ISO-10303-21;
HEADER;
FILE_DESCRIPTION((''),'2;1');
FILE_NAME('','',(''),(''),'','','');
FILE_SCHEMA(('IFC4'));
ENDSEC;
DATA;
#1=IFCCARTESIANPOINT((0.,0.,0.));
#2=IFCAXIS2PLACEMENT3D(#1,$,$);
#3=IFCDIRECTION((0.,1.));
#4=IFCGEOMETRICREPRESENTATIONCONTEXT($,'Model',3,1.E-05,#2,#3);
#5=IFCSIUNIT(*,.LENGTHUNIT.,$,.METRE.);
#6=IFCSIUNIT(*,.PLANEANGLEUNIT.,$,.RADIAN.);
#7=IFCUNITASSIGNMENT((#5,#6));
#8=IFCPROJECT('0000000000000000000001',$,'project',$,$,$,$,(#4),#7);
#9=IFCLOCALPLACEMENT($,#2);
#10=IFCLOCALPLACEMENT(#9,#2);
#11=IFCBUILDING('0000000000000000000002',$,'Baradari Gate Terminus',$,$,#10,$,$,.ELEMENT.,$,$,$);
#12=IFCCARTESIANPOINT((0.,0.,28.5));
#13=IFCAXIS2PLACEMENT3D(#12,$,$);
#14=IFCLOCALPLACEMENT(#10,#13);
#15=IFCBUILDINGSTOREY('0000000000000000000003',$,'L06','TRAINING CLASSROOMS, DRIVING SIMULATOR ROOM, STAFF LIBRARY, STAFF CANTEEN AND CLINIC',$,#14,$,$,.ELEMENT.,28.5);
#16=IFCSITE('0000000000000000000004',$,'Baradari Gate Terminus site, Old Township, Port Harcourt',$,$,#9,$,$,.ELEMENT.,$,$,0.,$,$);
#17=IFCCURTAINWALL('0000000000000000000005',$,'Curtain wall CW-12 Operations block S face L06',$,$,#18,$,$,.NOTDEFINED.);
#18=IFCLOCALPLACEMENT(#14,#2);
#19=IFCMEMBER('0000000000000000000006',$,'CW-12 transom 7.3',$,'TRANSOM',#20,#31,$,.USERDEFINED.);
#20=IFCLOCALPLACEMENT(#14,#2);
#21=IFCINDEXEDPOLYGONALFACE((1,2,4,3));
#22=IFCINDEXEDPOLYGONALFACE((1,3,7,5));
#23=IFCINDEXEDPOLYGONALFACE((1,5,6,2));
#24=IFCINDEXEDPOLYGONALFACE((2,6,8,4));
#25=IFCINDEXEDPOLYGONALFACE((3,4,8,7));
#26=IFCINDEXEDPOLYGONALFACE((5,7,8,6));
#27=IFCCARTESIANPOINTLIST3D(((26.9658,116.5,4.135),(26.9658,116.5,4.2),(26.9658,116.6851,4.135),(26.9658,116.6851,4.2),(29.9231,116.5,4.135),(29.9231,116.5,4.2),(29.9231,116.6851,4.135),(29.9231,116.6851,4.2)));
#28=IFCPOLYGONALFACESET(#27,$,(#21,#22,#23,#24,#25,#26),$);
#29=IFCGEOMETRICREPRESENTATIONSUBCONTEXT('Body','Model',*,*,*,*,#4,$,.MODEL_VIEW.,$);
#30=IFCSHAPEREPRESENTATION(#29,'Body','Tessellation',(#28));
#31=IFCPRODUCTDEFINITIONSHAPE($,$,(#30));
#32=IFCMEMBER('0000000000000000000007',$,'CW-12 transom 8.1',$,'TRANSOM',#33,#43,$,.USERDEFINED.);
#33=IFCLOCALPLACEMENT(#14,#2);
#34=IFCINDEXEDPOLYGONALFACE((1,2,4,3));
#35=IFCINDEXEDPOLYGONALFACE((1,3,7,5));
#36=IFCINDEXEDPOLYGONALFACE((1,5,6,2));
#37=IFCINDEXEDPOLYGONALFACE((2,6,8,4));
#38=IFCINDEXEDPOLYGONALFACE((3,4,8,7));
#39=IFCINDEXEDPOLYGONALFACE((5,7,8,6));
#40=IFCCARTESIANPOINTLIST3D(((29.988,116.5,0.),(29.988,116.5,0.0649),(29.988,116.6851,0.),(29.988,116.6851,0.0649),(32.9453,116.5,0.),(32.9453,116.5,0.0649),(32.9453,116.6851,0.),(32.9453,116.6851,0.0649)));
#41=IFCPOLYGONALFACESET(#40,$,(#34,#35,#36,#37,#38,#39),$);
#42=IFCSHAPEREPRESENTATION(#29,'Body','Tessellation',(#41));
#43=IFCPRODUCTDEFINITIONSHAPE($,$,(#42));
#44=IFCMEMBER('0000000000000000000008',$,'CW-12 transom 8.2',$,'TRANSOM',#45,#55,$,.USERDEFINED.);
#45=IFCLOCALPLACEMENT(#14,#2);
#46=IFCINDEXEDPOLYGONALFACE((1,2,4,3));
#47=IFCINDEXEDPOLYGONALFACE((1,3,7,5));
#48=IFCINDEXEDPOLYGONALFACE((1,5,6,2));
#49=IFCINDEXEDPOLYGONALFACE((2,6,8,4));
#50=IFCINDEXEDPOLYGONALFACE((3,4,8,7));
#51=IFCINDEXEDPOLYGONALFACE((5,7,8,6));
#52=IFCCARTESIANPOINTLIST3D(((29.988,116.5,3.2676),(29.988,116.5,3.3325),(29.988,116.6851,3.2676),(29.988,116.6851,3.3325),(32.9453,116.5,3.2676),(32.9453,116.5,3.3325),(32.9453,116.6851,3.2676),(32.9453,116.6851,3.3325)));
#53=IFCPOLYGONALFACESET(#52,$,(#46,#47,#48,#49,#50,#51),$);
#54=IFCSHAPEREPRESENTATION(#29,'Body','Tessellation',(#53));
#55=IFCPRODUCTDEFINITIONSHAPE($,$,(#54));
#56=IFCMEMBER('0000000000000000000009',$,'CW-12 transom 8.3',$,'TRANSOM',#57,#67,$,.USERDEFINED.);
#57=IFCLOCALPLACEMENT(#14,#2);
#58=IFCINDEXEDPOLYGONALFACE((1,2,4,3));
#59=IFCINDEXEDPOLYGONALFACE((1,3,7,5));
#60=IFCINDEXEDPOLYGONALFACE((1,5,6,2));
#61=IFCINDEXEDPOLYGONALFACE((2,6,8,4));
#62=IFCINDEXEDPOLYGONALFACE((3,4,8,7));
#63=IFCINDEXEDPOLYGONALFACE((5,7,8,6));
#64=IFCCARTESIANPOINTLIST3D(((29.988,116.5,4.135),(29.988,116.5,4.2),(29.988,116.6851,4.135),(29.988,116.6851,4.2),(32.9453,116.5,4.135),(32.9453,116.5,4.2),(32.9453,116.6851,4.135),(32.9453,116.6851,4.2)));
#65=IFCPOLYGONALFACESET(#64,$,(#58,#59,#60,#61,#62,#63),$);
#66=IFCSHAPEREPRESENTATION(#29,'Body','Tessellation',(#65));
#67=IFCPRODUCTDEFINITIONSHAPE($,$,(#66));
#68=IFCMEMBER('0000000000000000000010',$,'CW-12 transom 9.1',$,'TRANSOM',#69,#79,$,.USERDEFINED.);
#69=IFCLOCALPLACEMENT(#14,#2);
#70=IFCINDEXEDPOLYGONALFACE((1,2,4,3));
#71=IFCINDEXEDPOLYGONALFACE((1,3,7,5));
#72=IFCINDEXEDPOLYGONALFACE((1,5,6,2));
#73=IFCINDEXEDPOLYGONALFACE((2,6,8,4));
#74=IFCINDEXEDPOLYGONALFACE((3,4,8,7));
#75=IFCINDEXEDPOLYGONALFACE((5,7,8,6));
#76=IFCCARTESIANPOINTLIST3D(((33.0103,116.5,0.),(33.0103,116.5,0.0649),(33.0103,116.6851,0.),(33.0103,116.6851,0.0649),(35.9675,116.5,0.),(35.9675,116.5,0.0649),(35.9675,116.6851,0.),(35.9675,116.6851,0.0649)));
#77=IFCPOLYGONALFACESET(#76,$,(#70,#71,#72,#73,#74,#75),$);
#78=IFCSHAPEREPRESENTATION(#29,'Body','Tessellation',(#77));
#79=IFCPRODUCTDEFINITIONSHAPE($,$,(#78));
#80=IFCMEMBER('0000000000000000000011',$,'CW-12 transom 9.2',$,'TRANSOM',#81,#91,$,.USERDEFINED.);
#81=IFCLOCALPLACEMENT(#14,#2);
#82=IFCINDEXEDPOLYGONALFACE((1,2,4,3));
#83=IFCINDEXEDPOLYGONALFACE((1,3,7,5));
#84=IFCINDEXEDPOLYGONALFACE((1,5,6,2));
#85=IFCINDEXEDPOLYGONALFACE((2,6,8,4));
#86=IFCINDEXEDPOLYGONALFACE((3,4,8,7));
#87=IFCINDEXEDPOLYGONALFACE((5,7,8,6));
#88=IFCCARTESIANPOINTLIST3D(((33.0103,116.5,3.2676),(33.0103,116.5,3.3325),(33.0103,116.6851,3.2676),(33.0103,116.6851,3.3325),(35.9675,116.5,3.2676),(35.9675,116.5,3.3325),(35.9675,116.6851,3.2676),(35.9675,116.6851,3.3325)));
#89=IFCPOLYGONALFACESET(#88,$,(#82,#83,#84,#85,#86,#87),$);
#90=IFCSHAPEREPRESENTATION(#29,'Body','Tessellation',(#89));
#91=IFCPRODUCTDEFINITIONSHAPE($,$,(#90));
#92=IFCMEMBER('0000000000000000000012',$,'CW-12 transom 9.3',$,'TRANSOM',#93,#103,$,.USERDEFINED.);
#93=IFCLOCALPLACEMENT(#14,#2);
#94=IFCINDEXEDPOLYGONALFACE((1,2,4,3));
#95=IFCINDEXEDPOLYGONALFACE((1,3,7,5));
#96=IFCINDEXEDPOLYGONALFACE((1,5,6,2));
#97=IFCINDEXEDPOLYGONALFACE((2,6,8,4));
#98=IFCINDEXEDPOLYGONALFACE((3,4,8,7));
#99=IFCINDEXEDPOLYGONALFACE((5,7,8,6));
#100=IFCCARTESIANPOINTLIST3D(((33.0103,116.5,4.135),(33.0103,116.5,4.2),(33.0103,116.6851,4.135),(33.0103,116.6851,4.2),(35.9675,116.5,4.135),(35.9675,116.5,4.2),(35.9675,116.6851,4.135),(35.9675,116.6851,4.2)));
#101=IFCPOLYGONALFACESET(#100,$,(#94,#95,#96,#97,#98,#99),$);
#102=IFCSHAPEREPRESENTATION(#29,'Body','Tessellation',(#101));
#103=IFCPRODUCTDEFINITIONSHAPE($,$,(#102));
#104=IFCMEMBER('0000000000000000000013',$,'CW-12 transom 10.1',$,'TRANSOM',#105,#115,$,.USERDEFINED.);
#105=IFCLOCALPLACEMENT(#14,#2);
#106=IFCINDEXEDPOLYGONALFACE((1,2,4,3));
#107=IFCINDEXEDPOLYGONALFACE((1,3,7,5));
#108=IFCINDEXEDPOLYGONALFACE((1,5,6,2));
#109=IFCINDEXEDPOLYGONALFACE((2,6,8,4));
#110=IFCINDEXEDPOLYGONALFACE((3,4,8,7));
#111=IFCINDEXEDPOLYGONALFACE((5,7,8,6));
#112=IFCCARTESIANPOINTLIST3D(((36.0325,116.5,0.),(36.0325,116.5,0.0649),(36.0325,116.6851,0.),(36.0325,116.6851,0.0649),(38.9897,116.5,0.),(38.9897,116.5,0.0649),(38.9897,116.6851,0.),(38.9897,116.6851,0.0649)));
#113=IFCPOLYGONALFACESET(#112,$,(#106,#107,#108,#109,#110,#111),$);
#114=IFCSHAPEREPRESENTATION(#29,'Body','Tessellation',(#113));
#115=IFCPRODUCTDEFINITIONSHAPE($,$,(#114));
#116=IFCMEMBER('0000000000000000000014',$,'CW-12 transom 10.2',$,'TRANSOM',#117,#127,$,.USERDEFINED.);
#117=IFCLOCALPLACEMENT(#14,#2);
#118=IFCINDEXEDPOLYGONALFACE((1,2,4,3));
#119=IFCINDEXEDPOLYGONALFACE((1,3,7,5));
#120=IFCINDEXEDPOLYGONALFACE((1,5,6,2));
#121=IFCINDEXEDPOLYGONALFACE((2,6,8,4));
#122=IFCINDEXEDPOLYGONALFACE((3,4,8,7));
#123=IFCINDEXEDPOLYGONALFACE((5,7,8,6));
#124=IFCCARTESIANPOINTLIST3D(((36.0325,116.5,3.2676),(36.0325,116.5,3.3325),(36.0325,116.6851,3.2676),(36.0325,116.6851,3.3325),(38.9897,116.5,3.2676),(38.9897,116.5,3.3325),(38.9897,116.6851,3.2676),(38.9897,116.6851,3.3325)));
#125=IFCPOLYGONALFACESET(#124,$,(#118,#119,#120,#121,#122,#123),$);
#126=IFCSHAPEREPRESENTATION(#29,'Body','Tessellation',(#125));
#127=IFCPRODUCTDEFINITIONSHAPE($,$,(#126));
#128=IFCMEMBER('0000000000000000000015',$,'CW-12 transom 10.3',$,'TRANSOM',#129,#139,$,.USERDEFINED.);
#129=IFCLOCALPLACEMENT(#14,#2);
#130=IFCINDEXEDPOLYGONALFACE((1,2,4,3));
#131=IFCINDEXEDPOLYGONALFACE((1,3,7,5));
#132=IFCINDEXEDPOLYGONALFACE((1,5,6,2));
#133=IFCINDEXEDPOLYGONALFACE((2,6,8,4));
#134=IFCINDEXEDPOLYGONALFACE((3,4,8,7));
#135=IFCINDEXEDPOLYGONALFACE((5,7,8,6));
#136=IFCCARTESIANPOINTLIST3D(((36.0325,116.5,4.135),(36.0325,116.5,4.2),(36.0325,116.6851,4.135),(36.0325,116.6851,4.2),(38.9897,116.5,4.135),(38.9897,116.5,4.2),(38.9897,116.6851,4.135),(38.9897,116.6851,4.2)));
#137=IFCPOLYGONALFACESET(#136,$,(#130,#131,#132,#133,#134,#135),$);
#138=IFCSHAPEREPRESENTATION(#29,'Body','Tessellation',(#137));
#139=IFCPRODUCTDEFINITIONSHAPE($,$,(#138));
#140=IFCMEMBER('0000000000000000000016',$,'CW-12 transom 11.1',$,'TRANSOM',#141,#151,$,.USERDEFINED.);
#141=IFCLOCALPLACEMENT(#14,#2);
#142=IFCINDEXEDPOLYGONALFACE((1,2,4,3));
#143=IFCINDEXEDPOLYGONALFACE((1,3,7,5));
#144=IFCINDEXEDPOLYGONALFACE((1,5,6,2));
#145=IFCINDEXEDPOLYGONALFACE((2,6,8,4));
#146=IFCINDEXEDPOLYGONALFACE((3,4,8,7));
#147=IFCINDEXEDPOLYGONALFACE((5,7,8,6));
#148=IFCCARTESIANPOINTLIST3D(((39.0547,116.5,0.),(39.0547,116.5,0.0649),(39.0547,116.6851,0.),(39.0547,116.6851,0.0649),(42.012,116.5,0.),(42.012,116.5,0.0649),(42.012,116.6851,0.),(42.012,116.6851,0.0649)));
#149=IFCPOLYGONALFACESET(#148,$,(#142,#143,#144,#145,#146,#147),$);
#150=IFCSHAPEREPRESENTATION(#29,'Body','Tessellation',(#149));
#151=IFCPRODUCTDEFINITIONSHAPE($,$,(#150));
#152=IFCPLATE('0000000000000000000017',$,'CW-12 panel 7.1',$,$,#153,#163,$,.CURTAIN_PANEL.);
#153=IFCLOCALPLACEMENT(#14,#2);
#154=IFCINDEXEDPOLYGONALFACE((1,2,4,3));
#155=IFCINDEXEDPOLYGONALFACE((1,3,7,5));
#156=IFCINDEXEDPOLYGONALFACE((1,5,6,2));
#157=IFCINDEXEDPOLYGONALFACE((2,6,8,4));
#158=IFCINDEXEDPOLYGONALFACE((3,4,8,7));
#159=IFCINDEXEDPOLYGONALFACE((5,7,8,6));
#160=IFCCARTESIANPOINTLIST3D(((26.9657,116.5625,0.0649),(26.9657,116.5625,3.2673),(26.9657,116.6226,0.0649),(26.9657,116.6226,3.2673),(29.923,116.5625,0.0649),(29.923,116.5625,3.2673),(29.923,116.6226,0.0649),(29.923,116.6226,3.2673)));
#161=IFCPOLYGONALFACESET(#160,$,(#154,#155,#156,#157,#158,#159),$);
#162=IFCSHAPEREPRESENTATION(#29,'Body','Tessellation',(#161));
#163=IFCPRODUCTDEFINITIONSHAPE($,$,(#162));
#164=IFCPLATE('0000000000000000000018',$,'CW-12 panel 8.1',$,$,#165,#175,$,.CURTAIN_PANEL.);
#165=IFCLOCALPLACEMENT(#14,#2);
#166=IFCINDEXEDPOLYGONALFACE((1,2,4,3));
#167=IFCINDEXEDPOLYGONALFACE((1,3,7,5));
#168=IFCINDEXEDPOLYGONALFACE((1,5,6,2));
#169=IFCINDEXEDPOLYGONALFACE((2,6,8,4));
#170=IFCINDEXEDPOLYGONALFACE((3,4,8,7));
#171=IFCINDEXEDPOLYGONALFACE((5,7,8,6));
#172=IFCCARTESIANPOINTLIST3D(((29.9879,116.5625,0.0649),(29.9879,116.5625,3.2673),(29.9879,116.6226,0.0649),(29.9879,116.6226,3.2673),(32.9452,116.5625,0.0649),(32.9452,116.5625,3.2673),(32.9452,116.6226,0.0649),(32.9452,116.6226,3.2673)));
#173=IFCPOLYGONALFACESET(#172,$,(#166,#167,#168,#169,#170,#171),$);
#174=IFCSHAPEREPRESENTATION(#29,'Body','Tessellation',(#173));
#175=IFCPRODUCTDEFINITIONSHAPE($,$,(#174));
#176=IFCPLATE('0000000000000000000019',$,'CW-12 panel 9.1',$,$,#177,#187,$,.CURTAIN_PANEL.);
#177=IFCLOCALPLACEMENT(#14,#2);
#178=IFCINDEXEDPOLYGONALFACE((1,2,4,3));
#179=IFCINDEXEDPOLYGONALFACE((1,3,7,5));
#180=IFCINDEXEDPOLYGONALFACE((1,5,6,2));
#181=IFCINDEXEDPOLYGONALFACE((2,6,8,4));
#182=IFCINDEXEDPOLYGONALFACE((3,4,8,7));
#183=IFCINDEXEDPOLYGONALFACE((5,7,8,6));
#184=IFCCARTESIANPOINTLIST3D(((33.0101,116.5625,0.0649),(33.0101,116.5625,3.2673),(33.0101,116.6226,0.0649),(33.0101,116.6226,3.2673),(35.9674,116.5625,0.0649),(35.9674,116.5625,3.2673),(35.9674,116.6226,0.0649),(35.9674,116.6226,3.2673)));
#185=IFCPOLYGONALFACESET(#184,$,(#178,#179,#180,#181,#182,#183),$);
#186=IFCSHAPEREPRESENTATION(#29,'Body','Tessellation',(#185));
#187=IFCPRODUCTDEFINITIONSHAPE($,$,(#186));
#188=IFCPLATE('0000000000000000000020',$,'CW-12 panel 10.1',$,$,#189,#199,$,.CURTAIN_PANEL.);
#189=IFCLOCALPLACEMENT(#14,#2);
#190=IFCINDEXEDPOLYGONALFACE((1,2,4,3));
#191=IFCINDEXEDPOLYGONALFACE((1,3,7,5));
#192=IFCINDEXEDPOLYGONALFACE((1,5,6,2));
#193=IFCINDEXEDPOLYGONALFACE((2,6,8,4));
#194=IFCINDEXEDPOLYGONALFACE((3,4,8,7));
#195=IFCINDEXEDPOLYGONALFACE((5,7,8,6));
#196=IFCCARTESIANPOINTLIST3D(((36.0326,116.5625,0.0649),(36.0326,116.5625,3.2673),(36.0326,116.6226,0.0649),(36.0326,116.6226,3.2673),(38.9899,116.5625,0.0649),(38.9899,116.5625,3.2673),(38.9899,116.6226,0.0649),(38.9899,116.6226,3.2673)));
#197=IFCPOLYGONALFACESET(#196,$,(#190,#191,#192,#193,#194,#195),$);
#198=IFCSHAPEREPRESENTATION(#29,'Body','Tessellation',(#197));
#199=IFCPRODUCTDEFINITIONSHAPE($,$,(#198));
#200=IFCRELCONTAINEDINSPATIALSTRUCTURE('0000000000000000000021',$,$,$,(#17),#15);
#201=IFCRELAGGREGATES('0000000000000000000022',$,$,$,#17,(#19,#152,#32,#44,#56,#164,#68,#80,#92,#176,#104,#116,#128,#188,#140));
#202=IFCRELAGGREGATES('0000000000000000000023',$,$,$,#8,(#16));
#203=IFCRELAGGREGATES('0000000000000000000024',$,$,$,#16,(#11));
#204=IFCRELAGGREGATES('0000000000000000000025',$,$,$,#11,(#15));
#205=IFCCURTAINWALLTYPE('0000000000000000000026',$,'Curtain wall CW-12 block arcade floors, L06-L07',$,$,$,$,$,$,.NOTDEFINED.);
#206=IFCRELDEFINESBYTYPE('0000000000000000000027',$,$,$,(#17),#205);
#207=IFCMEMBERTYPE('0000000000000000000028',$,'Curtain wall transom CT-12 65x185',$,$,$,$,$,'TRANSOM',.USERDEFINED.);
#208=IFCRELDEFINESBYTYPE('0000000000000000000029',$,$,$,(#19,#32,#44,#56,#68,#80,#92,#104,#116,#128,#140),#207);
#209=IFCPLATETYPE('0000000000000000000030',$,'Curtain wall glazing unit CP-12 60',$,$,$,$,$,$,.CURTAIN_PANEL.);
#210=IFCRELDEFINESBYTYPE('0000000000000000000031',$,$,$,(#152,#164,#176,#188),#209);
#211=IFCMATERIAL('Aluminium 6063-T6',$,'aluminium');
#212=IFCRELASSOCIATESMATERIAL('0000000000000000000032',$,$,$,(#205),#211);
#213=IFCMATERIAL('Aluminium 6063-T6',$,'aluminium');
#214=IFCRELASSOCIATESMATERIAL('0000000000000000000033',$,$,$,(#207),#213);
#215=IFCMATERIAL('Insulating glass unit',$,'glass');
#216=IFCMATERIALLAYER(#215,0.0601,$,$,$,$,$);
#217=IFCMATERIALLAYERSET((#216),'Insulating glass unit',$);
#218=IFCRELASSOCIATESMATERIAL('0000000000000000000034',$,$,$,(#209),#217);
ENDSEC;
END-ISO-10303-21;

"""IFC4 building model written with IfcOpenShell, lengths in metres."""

from ifc_helpers import new_model, si_unit, direction, frame, origin, origin_2d, place, context, subcontext, project, spatial, rectangle, extrude, material, layer, layer_set, material_profile, profile_set, type_object, element, aggregate, save


model = new_model("IFC4")

# Units and contexts
model_context = context("Model", 3, precision=1e-05, world=origin(), true_north=direction((0.0, 1.0)))
body_context = subcontext(model_context, "Body", "Model", "MODEL_VIEW")
ifc_project = project(units=[si_unit("LENGTHUNIT", "METRE"), si_unit("PLANEANGLEUNIT", "RADIAN")], contexts=[model_context])

# Site, building, storey
site_placement = place(None, origin())
site = spatial("IfcSite", under=ifc_project, at=site_placement, Name="Baradari Gate Terminus site, Old Township, Port Harcourt", CompositionType="ELEMENT", RefElevation=0.0)
building_placement = place(site_placement, origin())
building = spatial("IfcBuilding", under=site, at=building_placement, Name="Baradari Gate Terminus", CompositionType="ELEMENT")
storey_placement = place(building_placement, frame((0.0, 0.0, 28.5)))
storey = spatial("IfcBuildingStorey", under=building, at=storey_placement, Name="L06", Description="TRAINING CLASSROOMS, DRIVING SIMULATOR ROOM, STAFF LIBRARY, STAFF CANTEEN AND CLINIC", CompositionType="ELEMENT", Elevation=28.5)

# Curtain wall, members, plates
ifc_material_1 = material(Name="Aluminium 6063-T6", Category="aluminium")
curtain_wall_type = type_object("IfcCurtainWallType", Name="Curtain wall CW-12 block arcade floors, L06-L07", PredefinedType="NOTDEFINED", material=ifc_material_1)
curtain_wall_placement = place(storey_placement, origin())
curtain_wall = element("IfcCurtainWall", 1, at=curtain_wall_placement, inside=storey, type_object=curtain_wall_type, Name="Curtain wall CW-12 Operations block S face L06", PredefinedType="NOTDEFINED")
ifc_material_2 = material(Name="Aluminium 6063-T6", Category="aluminium")
ifc_material_profile = material_profile(ifc_material_2, rectangle(XDim=0.1851, YDim=0.0649, at=origin_2d()), Name="CT-12 65X185")
ifc_profile_set = profile_set([ifc_material_profile], Name="Aluminium 6063-T6")
member_type = type_object("IfcMemberType", Name="Curtain wall transom CT-12 65x185", ElementType="TRANSOM", PredefinedType="USERDEFINED", material=ifc_profile_set)
member_1_placement = place(storey_placement, frame((26.9658, 116.5925, 4.1675), z_axis=(1.0, 0.0, 0.0), x_axis=(0.0, 1.0, 0.0)))
member_1 = element("IfcMember", 2, at=member_1_placement, type_object=member_type, Name="CW-12 transom 7.3", ObjectType="TRANSOM", PredefinedType="USERDEFINED", context=body_context, shape_type="SweptSolid", body=[
    extrude(rectangle(XDim=0.1851, YDim=0.0649, at=origin_2d()), origin(), (0.0, 0.0, 1.0), 2.9573),
])
member_2_placement = place(storey_placement, frame((29.988, 116.5925, 0.0325), z_axis=(1.0, 0.0, 0.0), x_axis=(0.0, 1.0, 0.0)))
member_2 = element("IfcMember", 3, at=member_2_placement, type_object=member_type, Name="CW-12 transom 8.1", ObjectType="TRANSOM", PredefinedType="USERDEFINED", context=body_context, shape_type="SweptSolid", body=[
    extrude(rectangle(XDim=0.1851, YDim=0.0649, at=origin_2d()), origin(), (0.0, 0.0, 1.0), 2.9573),
])
member_3_placement = place(storey_placement, frame((29.988, 116.5925, 3.3), z_axis=(1.0, 0.0, 0.0), x_axis=(0.0, 1.0, 0.0)))
member_3 = element("IfcMember", 4, at=member_3_placement, type_object=member_type, Name="CW-12 transom 8.2", ObjectType="TRANSOM", PredefinedType="USERDEFINED", context=body_context, shape_type="SweptSolid", body=[
    extrude(rectangle(XDim=0.1851, YDim=0.0649, at=origin_2d()), origin(), (0.0, 0.0, 1.0), 2.9573),
])
member_4_placement = place(storey_placement, frame((29.988, 116.5925, 4.1675), z_axis=(1.0, 0.0, 0.0), x_axis=(0.0, 1.0, 0.0)))
member_4 = element("IfcMember", 5, at=member_4_placement, type_object=member_type, Name="CW-12 transom 8.3", ObjectType="TRANSOM", PredefinedType="USERDEFINED", context=body_context, shape_type="SweptSolid", body=[
    extrude(rectangle(XDim=0.1851, YDim=0.0649, at=origin_2d()), origin(), (0.0, 0.0, 1.0), 2.9573),
])
member_5_placement = place(storey_placement, frame((33.0103, 116.5925, 0.0325), z_axis=(1.0, 0.0, 0.0), x_axis=(0.0, 1.0, 0.0)))
member_5 = element("IfcMember", 6, at=member_5_placement, type_object=member_type, Name="CW-12 transom 9.1", ObjectType="TRANSOM", PredefinedType="USERDEFINED", context=body_context, shape_type="SweptSolid", body=[
    extrude(rectangle(XDim=0.1851, YDim=0.0649, at=origin_2d()), origin(), (0.0, 0.0, 1.0), 2.9573),
])
member_6_placement = place(storey_placement, frame((33.0103, 116.5925, 3.3), z_axis=(1.0, 0.0, 0.0), x_axis=(0.0, 1.0, 0.0)))
member_6 = element("IfcMember", 7, at=member_6_placement, type_object=member_type, Name="CW-12 transom 9.2", ObjectType="TRANSOM", PredefinedType="USERDEFINED", context=body_context, shape_type="SweptSolid", body=[
    extrude(rectangle(XDim=0.1851, YDim=0.0649, at=origin_2d()), origin(), (0.0, 0.0, 1.0), 2.9573),
])
member_7_placement = place(storey_placement, frame((33.0103, 116.5925, 4.1675), z_axis=(1.0, 0.0, 0.0), x_axis=(0.0, 1.0, 0.0)))
member_7 = element("IfcMember", 8, at=member_7_placement, type_object=member_type, Name="CW-12 transom 9.3", ObjectType="TRANSOM", PredefinedType="USERDEFINED", context=body_context, shape_type="SweptSolid", body=[
    extrude(rectangle(XDim=0.1851, YDim=0.0649, at=origin_2d()), origin(), (0.0, 0.0, 1.0), 2.9573),
])
member_8_placement = place(storey_placement, frame((36.0325, 116.5925, 0.0325), z_axis=(1.0, 0.0, 0.0), x_axis=(0.0, 1.0, 0.0)))
member_8 = element("IfcMember", 9, at=member_8_placement, type_object=member_type, Name="CW-12 transom 10.1", ObjectType="TRANSOM", PredefinedType="USERDEFINED", context=body_context, shape_type="SweptSolid", body=[
    extrude(rectangle(XDim=0.1851, YDim=0.0649, at=origin_2d()), origin(), (0.0, 0.0, 1.0), 2.9573),
])
member_9_placement = place(storey_placement, frame((36.0325, 116.5925, 3.3), z_axis=(1.0, 0.0, 0.0), x_axis=(0.0, 1.0, 0.0)))
member_9 = element("IfcMember", 10, at=member_9_placement, type_object=member_type, Name="CW-12 transom 10.2", ObjectType="TRANSOM", PredefinedType="USERDEFINED", context=body_context, shape_type="SweptSolid", body=[
    extrude(rectangle(XDim=0.1851, YDim=0.0649, at=origin_2d()), origin(), (0.0, 0.0, 1.0), 2.9573),
])
member_10_placement = place(storey_placement, frame((36.0325, 116.5925, 4.1675), z_axis=(1.0, 0.0, 0.0), x_axis=(0.0, 1.0, 0.0)))
member_10 = element("IfcMember", 11, at=member_10_placement, type_object=member_type, Name="CW-12 transom 10.3", ObjectType="TRANSOM", PredefinedType="USERDEFINED", context=body_context, shape_type="SweptSolid", body=[
    extrude(rectangle(XDim=0.1851, YDim=0.0649, at=origin_2d()), origin(), (0.0, 0.0, 1.0), 2.9573),
])
member_11_placement = place(storey_placement, frame((39.0547, 116.5925, 0.0325), z_axis=(1.0, 0.0, 0.0), x_axis=(0.0, 1.0, 0.0)))
member_11 = element("IfcMember", 12, at=member_11_placement, type_object=member_type, Name="CW-12 transom 11.1", ObjectType="TRANSOM", PredefinedType="USERDEFINED", context=body_context, shape_type="SweptSolid", body=[
    extrude(rectangle(XDim=0.1851, YDim=0.0649, at=origin_2d()), origin(), (0.0, 0.0, 1.0), 2.9573),
])
ifc_material_3 = material(Name="Insulating glass unit", Category="glass")
ifc_layer_1 = layer(ifc_material_3, 0.0601)
ifc_layer_set_1 = layer_set([ifc_layer_1], Name="Insulating glass unit")
plate_type_1 = type_object("IfcPlateType", Name="Curtain wall glazing unit CP-12 60", PredefinedType="CURTAIN_PANEL", material=ifc_layer_set_1)
plate_1_placement = place(storey_placement, frame((28.4443, 116.5925, 0.0649), z_axis=(0.0, 0.0, 1.0), x_axis=(1.0, 0.0, 0.0)))
plate_1 = element("IfcPlate", 13, at=plate_1_placement, type_object=plate_type_1, Name="CW-12 panel 7.1", PredefinedType="CURTAIN_PANEL", context=body_context, shape_type="SweptSolid", body=[
    extrude(rectangle(XDim=2.9573, YDim=0.0601, at=origin_2d()), origin(), (0.0, 0.0, 1.0), 3.2024),
])
plate_2_placement = place(storey_placement, frame((31.4666, 116.5925, 0.0649), z_axis=(0.0, 0.0, 1.0), x_axis=(1.0, 0.0, 0.0)))
plate_2 = element("IfcPlate", 14, at=plate_2_placement, type_object=plate_type_1, Name="CW-12 panel 8.1", PredefinedType="CURTAIN_PANEL", context=body_context, shape_type="SweptSolid", body=[
    extrude(rectangle(XDim=2.9573, YDim=0.0601, at=origin_2d()), origin(), (0.0, 0.0, 1.0), 3.2024),
])
plate_3_placement = place(storey_placement, frame((34.4888, 116.5925, 0.0649), z_axis=(0.0, 0.0, 1.0), x_axis=(1.0, 0.0, 0.0)))
plate_3 = element("IfcPlate", 15, at=plate_3_placement, type_object=plate_type_1, Name="CW-12 panel 9.1", PredefinedType="CURTAIN_PANEL", context=body_context, shape_type="SweptSolid", body=[
    extrude(rectangle(XDim=2.9573, YDim=0.0601, at=origin_2d()), origin(), (0.0, 0.0, 1.0), 3.2024),
])
plate_4_placement = place(storey_placement, frame((37.5112, 116.5925, 0.0649), z_axis=(0.0, 0.0, 1.0), x_axis=(1.0, 0.0, 0.0)))
plate_4 = element("IfcPlate", 16, at=plate_4_placement, type_object=plate_type_1, Name="CW-12 panel 10.1", PredefinedType="CURTAIN_PANEL", context=body_context, shape_type="SweptSolid", body=[
    extrude(rectangle(XDim=2.9573, YDim=0.0601, at=origin_2d()), origin(), (0.0, 0.0, 1.0), 3.2024),
])
aggregate(curtain_wall, [member_1, plate_1, member_2, member_3, member_4, plate_2, member_5, member_6, member_7, plate_3, member_8, member_9, member_10, plate_4, member_11])

save(model, "model.ifc")
